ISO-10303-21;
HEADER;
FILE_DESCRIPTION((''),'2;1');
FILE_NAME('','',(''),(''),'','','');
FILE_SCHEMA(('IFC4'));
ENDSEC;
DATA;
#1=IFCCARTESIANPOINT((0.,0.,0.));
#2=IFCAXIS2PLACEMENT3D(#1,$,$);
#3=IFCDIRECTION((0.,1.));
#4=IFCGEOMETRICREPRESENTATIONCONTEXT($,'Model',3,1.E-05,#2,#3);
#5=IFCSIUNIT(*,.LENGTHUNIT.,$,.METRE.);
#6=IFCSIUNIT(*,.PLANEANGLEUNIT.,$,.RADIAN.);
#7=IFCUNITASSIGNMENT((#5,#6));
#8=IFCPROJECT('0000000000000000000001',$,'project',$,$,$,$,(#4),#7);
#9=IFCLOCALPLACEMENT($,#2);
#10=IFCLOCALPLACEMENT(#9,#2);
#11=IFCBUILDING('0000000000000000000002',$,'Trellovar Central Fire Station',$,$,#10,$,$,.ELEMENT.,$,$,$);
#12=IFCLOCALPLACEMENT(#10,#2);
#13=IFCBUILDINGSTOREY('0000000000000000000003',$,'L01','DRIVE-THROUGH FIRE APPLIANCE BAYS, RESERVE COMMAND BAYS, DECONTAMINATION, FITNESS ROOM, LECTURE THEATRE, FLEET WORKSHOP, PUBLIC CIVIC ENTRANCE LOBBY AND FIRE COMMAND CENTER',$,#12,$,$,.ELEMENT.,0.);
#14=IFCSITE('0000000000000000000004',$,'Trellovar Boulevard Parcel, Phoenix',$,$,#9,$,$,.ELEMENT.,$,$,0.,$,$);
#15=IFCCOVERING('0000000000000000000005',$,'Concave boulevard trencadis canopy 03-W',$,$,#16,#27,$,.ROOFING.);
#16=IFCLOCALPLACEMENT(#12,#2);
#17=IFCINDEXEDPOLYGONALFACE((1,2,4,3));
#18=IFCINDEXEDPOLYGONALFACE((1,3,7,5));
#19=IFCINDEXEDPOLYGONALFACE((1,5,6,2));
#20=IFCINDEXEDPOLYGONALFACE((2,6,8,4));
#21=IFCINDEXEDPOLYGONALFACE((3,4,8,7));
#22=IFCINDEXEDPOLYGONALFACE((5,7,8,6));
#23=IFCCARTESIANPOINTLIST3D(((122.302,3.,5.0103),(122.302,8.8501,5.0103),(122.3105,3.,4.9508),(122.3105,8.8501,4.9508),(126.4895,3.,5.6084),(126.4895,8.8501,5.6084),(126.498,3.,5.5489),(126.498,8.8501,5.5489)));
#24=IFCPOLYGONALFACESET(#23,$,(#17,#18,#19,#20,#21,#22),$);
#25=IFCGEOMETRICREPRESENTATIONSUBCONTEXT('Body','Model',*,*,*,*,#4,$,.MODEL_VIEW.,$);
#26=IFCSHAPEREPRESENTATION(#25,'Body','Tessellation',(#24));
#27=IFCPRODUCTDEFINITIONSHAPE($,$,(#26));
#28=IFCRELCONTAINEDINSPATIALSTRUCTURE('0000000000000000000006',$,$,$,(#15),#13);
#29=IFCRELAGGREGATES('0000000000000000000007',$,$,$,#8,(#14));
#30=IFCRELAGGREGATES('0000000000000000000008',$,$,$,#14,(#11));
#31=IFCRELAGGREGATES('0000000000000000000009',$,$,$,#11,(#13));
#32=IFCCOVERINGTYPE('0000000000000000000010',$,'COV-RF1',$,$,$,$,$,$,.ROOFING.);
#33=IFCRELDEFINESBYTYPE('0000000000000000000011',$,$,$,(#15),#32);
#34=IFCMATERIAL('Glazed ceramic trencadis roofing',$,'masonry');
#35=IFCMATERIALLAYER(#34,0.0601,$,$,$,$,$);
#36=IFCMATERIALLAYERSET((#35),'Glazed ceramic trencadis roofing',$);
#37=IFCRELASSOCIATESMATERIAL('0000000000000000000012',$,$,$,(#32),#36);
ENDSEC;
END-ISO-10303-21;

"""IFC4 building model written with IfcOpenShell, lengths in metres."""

from ifc_helpers import new_model, si_unit, direction, frame, origin, place, context, subcontext, project, spatial, polyline, outline, extrude, material, layer, layer_set, type_object, element, save


model = new_model("IFC4")

# Units and contexts
model_context = context("Model", 3, precision=1e-05, world=origin(), true_north=direction((0.0, 1.0)))
body_context = subcontext(model_context, "Body", "Model", "MODEL_VIEW")
ifc_project = project(units=[si_unit("LENGTHUNIT", "METRE"), si_unit("PLANEANGLEUNIT", "RADIAN")], contexts=[model_context])

# Site, building, storey
site_placement = place(None, origin())
site = spatial("IfcSite", under=ifc_project, at=site_placement, Name="Trellovar Boulevard Parcel, Phoenix", CompositionType="ELEMENT", RefElevation=0.0)
building_placement = place(site_placement, origin())
building = spatial("IfcBuilding", under=site, at=building_placement, Name="Trellovar Central Fire Station", CompositionType="ELEMENT")
storey_placement = place(building_placement, origin())
storey = spatial("IfcBuildingStorey", under=building, at=storey_placement, Name="L01", Description="DRIVE-THROUGH FIRE APPLIANCE BAYS, RESERVE COMMAND BAYS, DECONTAMINATION, FITNESS ROOM, LECTURE THEATRE, FLEET WORKSHOP, PUBLIC CIVIC ENTRANCE LOBBY AND FIRE COMMAND CENTER", CompositionType="ELEMENT", Elevation=0.0)

# Covering
ifc_material_1 = material(Name="Glazed ceramic trencadis roofing", Category="masonry")
ifc_layer_1 = layer(ifc_material_1, 0.0601)
ifc_layer_set_1 = layer_set([ifc_layer_1], Name="Glazed ceramic trencadis roofing")
covering_type = type_object("IfcCoveringType", Name="COV-RF1", PredefinedType="ROOFING", material=ifc_layer_set_1)
covering_1_placement = place(storey_placement, frame((122.302, 3.0, 5.0103), z_axis=(-0.141405, 0.0, 0.989952), x_axis=(0.989952, 0.0, 0.141405)))
element("IfcCovering", 1, at=covering_1_placement, inside=storey, type_object=covering_type, Name="Concave boulevard trencadis canopy 03-W", PredefinedType="ROOFING", context=body_context, shape_type="SweptSolid", body=[
    extrude(outline(polyline([(0.0, 0.0), (4.23, 0.0), (4.23, 5.8501), (0.0, 5.8501), (0.0, 0.0)])), origin(), (0.0, 0.0, -1.0), 0.0601),
])

save(model, "model.ifc")
